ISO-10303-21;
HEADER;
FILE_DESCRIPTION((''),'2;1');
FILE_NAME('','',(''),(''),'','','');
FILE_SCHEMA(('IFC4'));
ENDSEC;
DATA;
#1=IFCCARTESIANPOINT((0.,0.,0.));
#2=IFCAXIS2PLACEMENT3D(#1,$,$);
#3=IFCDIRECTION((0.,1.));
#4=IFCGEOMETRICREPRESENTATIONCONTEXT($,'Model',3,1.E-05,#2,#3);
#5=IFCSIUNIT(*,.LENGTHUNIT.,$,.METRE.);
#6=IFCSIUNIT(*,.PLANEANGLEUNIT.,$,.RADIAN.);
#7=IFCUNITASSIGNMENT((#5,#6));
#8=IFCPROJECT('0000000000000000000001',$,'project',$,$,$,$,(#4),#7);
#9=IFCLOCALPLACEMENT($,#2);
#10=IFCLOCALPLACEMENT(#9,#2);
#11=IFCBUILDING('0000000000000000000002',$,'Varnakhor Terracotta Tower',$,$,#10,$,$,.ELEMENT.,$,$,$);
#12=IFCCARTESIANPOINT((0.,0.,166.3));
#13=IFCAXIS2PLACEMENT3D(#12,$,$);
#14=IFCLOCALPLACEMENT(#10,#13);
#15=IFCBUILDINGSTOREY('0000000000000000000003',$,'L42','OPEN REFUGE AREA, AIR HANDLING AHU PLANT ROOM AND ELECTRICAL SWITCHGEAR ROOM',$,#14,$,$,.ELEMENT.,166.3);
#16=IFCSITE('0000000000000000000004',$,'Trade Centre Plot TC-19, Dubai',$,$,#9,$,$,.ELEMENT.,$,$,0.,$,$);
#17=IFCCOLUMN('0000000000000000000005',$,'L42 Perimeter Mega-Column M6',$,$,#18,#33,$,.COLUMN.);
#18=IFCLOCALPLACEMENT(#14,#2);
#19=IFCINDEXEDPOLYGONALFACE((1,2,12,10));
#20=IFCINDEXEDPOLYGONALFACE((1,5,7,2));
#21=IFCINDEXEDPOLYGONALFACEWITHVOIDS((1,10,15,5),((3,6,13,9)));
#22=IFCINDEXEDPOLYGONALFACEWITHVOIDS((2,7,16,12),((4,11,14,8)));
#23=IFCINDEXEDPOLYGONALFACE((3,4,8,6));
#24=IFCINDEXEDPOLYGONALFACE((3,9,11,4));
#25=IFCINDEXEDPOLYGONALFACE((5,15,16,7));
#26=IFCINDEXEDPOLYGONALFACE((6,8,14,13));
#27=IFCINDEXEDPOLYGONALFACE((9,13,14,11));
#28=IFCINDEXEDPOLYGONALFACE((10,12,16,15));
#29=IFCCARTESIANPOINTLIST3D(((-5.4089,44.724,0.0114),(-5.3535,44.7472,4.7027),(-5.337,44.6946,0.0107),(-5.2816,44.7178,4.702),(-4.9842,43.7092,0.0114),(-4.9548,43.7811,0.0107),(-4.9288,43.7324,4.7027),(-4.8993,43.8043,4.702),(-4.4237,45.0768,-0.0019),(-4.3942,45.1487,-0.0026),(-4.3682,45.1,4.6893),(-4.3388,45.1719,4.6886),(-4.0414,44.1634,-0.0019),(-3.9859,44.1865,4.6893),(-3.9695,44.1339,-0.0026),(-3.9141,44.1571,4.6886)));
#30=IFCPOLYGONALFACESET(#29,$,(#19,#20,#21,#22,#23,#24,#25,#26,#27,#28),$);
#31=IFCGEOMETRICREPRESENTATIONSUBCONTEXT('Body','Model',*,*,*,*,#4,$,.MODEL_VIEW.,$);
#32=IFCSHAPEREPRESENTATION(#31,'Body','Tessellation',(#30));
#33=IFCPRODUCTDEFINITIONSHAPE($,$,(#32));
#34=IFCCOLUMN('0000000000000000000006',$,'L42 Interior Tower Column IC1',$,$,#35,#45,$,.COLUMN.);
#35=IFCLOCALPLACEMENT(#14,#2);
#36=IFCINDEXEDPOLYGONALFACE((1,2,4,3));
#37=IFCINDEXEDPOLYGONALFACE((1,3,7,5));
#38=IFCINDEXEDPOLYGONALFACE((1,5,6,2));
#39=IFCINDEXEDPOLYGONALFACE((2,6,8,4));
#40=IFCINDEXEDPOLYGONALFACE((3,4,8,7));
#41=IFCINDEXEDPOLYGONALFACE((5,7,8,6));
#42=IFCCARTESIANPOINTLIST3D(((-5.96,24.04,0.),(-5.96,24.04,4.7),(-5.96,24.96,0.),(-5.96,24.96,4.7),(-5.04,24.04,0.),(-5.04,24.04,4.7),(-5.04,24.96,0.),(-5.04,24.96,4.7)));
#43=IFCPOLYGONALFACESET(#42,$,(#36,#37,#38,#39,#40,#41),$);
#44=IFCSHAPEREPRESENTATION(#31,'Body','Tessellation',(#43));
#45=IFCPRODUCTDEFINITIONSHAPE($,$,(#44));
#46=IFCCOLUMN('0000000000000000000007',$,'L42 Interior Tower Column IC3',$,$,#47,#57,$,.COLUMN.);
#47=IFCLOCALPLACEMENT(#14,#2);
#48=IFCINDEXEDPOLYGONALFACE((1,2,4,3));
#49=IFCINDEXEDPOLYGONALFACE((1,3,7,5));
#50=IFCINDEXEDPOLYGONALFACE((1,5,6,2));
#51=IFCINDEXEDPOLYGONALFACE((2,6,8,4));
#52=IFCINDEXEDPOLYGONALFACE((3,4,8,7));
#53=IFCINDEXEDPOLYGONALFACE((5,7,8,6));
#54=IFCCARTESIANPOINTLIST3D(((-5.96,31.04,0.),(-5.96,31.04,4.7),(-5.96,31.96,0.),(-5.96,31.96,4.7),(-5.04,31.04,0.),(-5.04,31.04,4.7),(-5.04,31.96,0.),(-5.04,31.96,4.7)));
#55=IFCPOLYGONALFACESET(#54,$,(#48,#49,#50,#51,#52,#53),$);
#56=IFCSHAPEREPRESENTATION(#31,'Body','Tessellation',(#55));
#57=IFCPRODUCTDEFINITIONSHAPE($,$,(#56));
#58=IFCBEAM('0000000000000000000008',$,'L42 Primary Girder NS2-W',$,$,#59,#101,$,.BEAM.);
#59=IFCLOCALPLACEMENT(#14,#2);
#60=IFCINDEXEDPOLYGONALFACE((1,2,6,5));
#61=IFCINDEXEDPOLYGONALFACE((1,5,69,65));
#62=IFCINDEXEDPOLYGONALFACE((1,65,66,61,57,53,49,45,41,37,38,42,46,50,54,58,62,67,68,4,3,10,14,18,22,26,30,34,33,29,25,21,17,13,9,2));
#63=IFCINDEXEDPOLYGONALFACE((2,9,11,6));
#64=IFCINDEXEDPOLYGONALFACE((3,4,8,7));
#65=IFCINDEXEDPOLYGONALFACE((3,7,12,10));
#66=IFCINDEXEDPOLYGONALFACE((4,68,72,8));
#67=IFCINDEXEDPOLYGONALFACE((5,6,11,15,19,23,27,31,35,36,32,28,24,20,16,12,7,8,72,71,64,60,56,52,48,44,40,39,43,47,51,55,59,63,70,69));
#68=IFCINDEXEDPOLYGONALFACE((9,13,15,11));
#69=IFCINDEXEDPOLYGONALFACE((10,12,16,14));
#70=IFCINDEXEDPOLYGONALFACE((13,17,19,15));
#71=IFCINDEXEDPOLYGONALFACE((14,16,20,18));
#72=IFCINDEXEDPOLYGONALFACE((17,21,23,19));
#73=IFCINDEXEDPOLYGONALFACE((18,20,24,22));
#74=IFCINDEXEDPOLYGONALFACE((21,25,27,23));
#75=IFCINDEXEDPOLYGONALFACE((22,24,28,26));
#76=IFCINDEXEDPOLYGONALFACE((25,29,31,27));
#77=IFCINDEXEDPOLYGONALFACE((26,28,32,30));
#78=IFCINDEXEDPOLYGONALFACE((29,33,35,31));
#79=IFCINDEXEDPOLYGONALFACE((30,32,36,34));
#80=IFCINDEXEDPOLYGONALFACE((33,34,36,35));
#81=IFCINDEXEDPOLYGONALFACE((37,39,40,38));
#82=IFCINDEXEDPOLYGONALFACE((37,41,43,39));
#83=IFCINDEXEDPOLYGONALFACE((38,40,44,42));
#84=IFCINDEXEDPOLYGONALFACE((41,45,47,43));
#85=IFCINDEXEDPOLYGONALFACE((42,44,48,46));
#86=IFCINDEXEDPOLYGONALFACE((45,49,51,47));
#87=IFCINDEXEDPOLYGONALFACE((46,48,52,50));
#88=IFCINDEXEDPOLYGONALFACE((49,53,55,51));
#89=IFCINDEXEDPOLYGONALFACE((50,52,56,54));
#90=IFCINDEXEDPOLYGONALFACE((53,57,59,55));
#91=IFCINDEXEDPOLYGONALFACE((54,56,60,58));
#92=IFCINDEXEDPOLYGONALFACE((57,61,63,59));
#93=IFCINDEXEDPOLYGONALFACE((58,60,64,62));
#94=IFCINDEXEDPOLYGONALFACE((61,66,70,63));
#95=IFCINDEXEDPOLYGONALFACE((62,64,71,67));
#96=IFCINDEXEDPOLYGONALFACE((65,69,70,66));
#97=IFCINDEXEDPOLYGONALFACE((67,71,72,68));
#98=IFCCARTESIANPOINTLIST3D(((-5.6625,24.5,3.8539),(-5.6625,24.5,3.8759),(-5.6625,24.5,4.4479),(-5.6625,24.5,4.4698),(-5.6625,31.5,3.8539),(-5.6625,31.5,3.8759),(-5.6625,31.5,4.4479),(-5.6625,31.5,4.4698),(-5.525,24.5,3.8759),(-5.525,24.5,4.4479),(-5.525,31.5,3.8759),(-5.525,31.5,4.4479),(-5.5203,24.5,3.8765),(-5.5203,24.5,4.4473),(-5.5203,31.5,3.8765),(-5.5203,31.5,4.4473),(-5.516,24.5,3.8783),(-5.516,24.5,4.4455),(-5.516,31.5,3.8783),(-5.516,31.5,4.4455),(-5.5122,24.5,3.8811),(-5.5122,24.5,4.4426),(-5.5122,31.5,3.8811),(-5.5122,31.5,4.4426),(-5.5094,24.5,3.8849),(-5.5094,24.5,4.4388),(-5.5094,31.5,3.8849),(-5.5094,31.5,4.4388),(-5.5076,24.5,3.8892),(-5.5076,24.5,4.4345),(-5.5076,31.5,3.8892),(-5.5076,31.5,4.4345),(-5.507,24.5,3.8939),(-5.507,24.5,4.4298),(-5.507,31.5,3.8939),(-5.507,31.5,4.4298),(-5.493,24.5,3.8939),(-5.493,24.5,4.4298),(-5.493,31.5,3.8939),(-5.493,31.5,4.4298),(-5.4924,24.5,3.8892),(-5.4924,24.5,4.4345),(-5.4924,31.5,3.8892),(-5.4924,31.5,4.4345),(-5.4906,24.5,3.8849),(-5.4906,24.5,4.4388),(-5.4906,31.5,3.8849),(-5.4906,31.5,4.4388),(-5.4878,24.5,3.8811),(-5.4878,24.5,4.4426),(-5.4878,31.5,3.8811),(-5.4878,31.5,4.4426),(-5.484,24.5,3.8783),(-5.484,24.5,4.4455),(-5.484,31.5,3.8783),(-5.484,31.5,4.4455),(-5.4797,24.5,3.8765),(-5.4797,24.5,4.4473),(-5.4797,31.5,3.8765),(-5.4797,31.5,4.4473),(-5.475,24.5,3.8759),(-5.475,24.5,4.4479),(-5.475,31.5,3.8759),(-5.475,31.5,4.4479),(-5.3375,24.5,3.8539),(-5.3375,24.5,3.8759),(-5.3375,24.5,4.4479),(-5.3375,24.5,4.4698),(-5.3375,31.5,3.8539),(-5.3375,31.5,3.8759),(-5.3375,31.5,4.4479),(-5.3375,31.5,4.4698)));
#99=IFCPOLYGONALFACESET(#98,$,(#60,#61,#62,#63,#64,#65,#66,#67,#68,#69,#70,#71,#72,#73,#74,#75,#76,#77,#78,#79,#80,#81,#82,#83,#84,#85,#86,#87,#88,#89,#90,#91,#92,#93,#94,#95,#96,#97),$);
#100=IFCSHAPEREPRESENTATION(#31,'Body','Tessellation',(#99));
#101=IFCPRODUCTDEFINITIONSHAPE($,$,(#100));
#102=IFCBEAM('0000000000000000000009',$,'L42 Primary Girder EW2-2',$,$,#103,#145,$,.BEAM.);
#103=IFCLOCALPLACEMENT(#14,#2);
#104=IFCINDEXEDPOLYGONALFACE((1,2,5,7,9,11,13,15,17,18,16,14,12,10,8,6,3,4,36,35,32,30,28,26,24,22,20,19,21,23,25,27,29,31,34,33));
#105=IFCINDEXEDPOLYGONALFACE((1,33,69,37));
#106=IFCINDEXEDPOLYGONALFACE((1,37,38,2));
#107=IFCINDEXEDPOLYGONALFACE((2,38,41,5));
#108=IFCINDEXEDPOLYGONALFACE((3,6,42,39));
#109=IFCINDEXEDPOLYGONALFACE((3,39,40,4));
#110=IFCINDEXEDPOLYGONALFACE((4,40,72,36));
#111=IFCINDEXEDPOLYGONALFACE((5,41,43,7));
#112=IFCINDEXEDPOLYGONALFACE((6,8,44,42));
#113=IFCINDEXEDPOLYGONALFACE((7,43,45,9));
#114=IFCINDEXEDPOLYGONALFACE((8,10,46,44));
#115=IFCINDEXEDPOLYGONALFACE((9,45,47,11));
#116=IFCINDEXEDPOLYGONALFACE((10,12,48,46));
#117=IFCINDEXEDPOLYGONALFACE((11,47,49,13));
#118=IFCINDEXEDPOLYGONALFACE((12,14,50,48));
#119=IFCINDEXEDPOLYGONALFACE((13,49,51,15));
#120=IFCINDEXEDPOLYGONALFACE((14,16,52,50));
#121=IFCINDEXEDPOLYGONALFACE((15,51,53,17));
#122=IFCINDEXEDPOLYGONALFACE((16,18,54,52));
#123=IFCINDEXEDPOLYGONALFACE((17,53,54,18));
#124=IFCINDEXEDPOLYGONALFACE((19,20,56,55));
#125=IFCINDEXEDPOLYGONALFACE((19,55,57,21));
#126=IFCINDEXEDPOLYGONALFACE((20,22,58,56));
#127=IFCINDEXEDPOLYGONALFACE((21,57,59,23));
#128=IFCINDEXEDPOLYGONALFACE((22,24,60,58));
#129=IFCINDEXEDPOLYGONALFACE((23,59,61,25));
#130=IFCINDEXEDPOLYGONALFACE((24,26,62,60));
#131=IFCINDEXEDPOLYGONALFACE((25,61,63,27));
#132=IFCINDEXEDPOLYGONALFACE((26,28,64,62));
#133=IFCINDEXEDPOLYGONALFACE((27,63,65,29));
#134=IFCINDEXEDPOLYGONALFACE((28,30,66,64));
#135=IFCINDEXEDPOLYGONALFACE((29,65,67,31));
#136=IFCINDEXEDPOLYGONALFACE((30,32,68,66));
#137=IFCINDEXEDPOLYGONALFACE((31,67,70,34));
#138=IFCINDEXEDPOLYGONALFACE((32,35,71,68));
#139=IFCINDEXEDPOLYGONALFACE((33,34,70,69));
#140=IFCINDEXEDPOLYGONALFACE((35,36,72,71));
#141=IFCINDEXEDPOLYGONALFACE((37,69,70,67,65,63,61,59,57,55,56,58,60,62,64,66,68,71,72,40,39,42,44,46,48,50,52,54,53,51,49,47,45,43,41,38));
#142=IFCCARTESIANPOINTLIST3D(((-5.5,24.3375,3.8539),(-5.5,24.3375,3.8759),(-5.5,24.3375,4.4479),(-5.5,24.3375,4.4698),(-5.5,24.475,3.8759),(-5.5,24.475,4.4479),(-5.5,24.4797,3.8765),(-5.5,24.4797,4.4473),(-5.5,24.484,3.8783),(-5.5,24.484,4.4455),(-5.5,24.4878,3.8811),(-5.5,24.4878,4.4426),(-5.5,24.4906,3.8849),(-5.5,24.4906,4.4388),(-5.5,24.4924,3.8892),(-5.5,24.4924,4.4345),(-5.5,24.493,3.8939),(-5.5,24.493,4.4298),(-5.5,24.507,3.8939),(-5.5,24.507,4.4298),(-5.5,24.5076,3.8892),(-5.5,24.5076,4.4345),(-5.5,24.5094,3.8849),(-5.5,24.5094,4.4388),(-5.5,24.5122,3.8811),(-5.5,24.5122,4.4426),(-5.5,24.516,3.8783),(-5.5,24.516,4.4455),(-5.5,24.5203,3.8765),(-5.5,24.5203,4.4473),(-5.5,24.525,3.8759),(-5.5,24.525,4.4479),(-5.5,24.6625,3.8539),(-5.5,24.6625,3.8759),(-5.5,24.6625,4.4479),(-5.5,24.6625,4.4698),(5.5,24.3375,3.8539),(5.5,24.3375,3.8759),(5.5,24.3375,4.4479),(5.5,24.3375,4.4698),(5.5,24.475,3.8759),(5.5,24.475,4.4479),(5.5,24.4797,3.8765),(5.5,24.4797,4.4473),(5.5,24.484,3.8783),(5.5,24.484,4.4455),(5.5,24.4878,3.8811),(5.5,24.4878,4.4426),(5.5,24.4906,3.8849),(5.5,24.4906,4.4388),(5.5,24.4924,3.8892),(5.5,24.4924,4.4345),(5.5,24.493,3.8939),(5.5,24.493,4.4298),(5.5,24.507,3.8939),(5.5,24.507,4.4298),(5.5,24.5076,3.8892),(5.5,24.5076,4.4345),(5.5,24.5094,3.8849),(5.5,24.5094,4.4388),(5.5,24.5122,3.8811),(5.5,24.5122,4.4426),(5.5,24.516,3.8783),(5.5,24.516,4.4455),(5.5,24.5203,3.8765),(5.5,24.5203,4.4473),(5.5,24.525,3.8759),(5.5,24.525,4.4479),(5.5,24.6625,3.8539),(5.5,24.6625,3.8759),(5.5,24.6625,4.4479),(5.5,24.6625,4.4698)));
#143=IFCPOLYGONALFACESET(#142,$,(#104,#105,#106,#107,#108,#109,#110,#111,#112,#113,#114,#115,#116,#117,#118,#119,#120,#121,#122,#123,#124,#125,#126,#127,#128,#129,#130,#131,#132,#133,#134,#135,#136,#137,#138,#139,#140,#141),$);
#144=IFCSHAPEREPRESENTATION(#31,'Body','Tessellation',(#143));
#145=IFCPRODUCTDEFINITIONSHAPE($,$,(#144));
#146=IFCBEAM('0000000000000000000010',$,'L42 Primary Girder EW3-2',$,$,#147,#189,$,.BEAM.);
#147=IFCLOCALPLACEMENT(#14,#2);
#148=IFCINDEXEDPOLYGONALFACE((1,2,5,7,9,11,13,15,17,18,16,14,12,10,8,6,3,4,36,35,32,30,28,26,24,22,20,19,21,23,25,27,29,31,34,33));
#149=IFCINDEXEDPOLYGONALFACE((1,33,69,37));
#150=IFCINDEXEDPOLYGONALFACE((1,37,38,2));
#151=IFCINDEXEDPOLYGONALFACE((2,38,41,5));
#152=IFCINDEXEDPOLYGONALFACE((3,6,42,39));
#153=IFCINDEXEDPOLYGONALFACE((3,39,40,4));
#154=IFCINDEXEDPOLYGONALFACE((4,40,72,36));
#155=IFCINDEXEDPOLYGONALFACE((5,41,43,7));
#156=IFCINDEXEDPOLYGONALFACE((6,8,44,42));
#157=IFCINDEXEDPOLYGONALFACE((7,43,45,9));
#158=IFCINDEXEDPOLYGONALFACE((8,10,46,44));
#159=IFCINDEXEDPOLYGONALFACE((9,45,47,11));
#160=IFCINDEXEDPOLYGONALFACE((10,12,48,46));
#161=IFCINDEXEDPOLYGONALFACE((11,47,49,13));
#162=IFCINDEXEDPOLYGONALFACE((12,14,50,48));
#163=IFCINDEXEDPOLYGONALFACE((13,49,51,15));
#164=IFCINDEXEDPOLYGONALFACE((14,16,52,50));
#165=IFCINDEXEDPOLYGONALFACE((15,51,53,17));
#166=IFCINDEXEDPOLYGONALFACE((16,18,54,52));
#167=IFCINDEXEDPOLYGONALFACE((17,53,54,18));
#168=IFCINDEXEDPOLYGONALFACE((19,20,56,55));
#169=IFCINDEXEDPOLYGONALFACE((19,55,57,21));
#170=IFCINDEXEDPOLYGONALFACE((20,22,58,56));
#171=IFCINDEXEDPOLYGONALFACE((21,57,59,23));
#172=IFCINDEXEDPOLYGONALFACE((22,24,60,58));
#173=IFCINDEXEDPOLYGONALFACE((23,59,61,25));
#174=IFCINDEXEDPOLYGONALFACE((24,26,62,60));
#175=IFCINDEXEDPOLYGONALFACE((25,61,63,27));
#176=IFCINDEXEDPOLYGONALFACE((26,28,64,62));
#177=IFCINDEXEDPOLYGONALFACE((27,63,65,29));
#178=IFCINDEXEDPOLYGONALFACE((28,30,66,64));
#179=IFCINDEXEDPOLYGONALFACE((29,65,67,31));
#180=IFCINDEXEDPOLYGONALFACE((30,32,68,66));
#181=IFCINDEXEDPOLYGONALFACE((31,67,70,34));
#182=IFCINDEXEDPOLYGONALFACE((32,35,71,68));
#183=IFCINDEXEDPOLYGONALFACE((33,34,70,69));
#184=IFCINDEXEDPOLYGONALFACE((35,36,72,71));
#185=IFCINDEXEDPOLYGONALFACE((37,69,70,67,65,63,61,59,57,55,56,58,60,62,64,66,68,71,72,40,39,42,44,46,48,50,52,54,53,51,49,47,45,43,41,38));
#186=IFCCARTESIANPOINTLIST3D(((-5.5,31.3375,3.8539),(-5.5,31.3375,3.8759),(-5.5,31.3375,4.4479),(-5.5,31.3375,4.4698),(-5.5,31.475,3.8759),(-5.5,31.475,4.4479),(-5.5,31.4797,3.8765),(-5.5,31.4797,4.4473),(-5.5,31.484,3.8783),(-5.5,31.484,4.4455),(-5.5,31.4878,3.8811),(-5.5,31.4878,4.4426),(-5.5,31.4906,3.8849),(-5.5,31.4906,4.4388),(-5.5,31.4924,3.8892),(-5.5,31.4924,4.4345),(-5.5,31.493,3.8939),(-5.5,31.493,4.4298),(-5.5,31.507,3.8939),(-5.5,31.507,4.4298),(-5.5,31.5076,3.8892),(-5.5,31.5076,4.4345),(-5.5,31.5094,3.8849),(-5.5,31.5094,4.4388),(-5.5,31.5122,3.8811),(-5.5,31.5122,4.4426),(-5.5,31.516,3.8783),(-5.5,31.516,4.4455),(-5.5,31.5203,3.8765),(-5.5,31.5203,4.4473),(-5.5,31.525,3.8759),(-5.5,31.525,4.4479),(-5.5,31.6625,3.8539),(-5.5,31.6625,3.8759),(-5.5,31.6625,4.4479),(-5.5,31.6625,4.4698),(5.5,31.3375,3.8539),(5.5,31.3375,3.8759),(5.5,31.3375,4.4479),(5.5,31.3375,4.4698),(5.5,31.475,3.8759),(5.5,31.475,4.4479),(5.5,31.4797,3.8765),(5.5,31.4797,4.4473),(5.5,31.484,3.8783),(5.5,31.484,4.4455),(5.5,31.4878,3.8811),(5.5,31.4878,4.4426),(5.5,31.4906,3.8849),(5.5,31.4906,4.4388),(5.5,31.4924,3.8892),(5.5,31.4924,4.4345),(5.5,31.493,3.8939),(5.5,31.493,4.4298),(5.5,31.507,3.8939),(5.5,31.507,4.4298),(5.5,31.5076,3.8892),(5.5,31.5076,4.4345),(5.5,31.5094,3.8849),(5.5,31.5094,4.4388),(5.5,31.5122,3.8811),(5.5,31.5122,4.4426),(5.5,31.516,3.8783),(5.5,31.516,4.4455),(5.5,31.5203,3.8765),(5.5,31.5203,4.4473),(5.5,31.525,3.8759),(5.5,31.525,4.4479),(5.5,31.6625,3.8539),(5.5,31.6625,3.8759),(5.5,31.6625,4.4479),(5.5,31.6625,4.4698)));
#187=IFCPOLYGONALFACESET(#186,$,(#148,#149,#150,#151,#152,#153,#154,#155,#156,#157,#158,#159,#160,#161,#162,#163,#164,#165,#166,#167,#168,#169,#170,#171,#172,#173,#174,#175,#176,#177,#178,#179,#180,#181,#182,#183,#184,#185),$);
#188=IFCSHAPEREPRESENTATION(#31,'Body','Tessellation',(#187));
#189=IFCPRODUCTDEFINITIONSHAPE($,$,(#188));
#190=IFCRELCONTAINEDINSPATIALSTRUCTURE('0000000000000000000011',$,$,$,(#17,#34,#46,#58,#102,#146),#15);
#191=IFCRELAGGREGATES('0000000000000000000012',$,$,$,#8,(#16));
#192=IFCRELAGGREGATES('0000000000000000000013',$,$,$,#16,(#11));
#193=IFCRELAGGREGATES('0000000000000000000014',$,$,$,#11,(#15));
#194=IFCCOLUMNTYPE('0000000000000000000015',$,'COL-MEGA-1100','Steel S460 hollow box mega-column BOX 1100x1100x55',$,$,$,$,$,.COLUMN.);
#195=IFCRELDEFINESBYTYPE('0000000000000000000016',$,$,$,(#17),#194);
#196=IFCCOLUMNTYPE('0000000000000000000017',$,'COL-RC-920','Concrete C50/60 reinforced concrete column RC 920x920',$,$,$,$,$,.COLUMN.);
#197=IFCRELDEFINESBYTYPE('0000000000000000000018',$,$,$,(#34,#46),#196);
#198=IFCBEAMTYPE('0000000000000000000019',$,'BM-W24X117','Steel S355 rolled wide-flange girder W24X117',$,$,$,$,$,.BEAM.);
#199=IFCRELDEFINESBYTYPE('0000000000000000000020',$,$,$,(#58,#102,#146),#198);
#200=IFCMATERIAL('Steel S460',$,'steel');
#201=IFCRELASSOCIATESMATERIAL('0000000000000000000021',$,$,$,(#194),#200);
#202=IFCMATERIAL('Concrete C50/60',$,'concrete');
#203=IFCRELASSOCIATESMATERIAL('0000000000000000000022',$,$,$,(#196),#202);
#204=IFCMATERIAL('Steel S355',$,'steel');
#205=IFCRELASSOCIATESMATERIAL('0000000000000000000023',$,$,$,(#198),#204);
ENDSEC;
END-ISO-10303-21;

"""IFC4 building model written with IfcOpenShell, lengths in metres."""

from ifc_helpers import new_model, si_unit, direction, frame, origin, origin_2d, place, context, subcontext, project, spatial, rectangle, hollow_rectangle, i_section, extrude, source, transform, mapped, material, material_profile, profile_set, type_object, element, save


model = new_model("IFC4")

# Units and contexts
model_context = context("Model", 3, precision=1e-05, world=origin(), true_north=direction((0.0, 1.0)))
body_context = subcontext(model_context, "Body", "Model", "MODEL_VIEW")
ifc_project = project(units=[si_unit("LENGTHUNIT", "METRE"), si_unit("PLANEANGLEUNIT", "RADIAN")], contexts=[model_context])

# Site, building, storey
site_placement = place(None, origin())
site = spatial("IfcSite", under=ifc_project, at=site_placement, Name="Trade Centre Plot TC-19, Dubai", CompositionType="ELEMENT", RefElevation=0.0)
building_placement = place(site_placement, origin())
building = spatial("IfcBuilding", under=site, at=building_placement, Name="Varnakhor Terracotta Tower", CompositionType="ELEMENT")
storey_placement = place(building_placement, frame((0.0, 0.0, 166.3)))
storey = spatial("IfcBuildingStorey", under=building, at=storey_placement, Name="L42", Description="OPEN REFUGE AREA, AIR HANDLING AHU PLANT ROOM AND ELECTRICAL SWITCHGEAR ROOM", CompositionType="ELEMENT", Elevation=166.3)

# Columns
ifc_material_1 = material(Name="Steel S460", Category="steel")
ifc_material_profile_1 = material_profile(ifc_material_1, hollow_rectangle(XDim=1.1001, YDim=1.1001, WallThickness=0.0549, at=origin_2d()), Name="BOX 1100x1100x55")
ifc_profile_set_1 = profile_set([ifc_material_profile_1], Name="Steel S460")
column_type_1 = type_object("IfcColumnType", Name="COL-MEGA-1100", Description="Steel S460 hollow box mega-column BOX 1100x1100x55", PredefinedType="COLUMN", material=ifc_profile_set_1)
shared_shape_1 = source(origin(), body_context, "Body", "SweptSolid", [
    extrude(hollow_rectangle(XDim=1.1001, YDim=1.1001, WallThickness=0.0549, at=origin_2d()), origin(), (0.0, 0.0, 1.0), 4.6917),
])
column_placement = place(storey_placement, frame((-4.6892, 44.429, 0.0044), z_axis=(0.011813, 0.004944, 0.999918), x_axis=(-0.386058, 0.922475, 0.0)))
element("IfcColumn", 1, at=column_placement, inside=storey, type_object=column_type_1, Name="L42 Perimeter Mega-Column M6", PredefinedType="COLUMN", context=body_context, shape_type="MappedRepresentation", body=[
    mapped(shared_shape_1, transform((0.0, 0.0, 0.0), scale=1.0)),
])
ifc_material_2 = material(Name="Concrete C50/60", Category="concrete")
ifc_material_profile_2 = material_profile(ifc_material_2, rectangle(XDim=0.9199, YDim=0.9199, at=origin_2d()), Name="RC 920x920")
ifc_profile_set_2 = profile_set([ifc_material_profile_2], Name="Concrete C50/60")
column_type_2 = type_object("IfcColumnType", Name="COL-RC-920", Description="Concrete C50/60 reinforced concrete column RC 920x920", PredefinedType="COLUMN", material=ifc_profile_set_2)
shared_shape_2 = source(origin(), body_context, "Body", "SweptSolid", [
    extrude(rectangle(XDim=0.9199, YDim=0.9199, at=origin_2d()), origin(), (0.0, 0.0, 1.0), 4.7),
])
for number, where, z_axis, x_axis, name in (
    (2, (-5.5, 24.5, 0.0), (0.0, 0.0, 1.0), (1.0, 0.0, 0.0), "L42 Interior Tower Column IC1"),
    (3, (-5.5, 31.5, 0.0), (0.0, 0.0, 1.0), (1.0, 0.0, 0.0), "L42 Interior Tower Column IC3"),
):
    element("IfcColumn", number, at=place(storey_placement, frame(where, z_axis=z_axis, x_axis=x_axis)), inside=storey, type_object=column_type_2, Name=name, PredefinedType="COLUMN", context=body_context, shape_type="MappedRepresentation", body=[
        mapped(shared_shape_2, transform((0.0, 0.0, 0.0), scale=1.0)),
    ])

# Beams
ifc_material_3 = material(Name="Steel S355", Category="steel")
ifc_material_profile_3 = material_profile(ifc_material_3, i_section(OverallWidth=0.325, OverallDepth=0.616, WebThickness=0.0139, FlangeThickness=0.022, FilletRadius=0.0181, at=origin_2d()), Name="W24X117")
ifc_profile_set_3 = profile_set([ifc_material_profile_3], Name="Steel S355")
beam_type_1 = type_object("IfcBeamType", Name="BM-W24X117", Description="Steel S355 rolled wide-flange girder W24X117", PredefinedType="BEAM", material=ifc_profile_set_3)
shared_shape_3 = source(origin(), body_context, "Body", "SweptSolid", [
    extrude(i_section(OverallWidth=0.325, OverallDepth=0.616, WebThickness=0.0139, FlangeThickness=0.022, FilletRadius=0.0181, at=origin_2d()), origin(), (0.0, 0.0, 1.0), 7.0),
])
beam_1_placement = place(storey_placement, frame((-5.5, 24.5, 4.1619), z_axis=(0.0, 1.0, 0.0), x_axis=(-1.0, 0.0, 0.0)))
element("IfcBeam", 4, at=beam_1_placement, inside=storey, type_object=beam_type_1, Name="L42 Primary Girder NS2-W", PredefinedType="BEAM", context=body_context, shape_type="MappedRepresentation", body=[
    mapped(shared_shape_3, transform((0.0, 0.0, 0.0), scale=1.0)),
])
shared_shape_4 = source(origin(), body_context, "Body", "SweptSolid", [
    extrude(i_section(OverallWidth=0.325, OverallDepth=0.616, WebThickness=0.0139, FlangeThickness=0.022, FilletRadius=0.0181, at=origin_2d()), origin(), (0.0, 0.0, 1.0), 11.0),
])
for number, where, z_axis, x_axis, name in (
    (5, (-5.5, 24.5, 4.1619), (1.0, 0.0, 0.0), (0.0, 1.0, 0.0), "L42 Primary Girder EW2-2"),
    (6, (-5.5, 31.5, 4.1619), (1.0, 0.0, 0.0), (0.0, 1.0, 0.0), "L42 Primary Girder EW3-2"),
):
    element("IfcBeam", number, at=place(storey_placement, frame(where, z_axis=z_axis, x_axis=x_axis)), inside=storey, type_object=beam_type_1, Name=name, PredefinedType="BEAM", context=body_context, shape_type="MappedRepresentation", body=[
        mapped(shared_shape_4, transform((0.0, 0.0, 0.0), scale=1.0)),
    ])

save(model, "model.ifc")
